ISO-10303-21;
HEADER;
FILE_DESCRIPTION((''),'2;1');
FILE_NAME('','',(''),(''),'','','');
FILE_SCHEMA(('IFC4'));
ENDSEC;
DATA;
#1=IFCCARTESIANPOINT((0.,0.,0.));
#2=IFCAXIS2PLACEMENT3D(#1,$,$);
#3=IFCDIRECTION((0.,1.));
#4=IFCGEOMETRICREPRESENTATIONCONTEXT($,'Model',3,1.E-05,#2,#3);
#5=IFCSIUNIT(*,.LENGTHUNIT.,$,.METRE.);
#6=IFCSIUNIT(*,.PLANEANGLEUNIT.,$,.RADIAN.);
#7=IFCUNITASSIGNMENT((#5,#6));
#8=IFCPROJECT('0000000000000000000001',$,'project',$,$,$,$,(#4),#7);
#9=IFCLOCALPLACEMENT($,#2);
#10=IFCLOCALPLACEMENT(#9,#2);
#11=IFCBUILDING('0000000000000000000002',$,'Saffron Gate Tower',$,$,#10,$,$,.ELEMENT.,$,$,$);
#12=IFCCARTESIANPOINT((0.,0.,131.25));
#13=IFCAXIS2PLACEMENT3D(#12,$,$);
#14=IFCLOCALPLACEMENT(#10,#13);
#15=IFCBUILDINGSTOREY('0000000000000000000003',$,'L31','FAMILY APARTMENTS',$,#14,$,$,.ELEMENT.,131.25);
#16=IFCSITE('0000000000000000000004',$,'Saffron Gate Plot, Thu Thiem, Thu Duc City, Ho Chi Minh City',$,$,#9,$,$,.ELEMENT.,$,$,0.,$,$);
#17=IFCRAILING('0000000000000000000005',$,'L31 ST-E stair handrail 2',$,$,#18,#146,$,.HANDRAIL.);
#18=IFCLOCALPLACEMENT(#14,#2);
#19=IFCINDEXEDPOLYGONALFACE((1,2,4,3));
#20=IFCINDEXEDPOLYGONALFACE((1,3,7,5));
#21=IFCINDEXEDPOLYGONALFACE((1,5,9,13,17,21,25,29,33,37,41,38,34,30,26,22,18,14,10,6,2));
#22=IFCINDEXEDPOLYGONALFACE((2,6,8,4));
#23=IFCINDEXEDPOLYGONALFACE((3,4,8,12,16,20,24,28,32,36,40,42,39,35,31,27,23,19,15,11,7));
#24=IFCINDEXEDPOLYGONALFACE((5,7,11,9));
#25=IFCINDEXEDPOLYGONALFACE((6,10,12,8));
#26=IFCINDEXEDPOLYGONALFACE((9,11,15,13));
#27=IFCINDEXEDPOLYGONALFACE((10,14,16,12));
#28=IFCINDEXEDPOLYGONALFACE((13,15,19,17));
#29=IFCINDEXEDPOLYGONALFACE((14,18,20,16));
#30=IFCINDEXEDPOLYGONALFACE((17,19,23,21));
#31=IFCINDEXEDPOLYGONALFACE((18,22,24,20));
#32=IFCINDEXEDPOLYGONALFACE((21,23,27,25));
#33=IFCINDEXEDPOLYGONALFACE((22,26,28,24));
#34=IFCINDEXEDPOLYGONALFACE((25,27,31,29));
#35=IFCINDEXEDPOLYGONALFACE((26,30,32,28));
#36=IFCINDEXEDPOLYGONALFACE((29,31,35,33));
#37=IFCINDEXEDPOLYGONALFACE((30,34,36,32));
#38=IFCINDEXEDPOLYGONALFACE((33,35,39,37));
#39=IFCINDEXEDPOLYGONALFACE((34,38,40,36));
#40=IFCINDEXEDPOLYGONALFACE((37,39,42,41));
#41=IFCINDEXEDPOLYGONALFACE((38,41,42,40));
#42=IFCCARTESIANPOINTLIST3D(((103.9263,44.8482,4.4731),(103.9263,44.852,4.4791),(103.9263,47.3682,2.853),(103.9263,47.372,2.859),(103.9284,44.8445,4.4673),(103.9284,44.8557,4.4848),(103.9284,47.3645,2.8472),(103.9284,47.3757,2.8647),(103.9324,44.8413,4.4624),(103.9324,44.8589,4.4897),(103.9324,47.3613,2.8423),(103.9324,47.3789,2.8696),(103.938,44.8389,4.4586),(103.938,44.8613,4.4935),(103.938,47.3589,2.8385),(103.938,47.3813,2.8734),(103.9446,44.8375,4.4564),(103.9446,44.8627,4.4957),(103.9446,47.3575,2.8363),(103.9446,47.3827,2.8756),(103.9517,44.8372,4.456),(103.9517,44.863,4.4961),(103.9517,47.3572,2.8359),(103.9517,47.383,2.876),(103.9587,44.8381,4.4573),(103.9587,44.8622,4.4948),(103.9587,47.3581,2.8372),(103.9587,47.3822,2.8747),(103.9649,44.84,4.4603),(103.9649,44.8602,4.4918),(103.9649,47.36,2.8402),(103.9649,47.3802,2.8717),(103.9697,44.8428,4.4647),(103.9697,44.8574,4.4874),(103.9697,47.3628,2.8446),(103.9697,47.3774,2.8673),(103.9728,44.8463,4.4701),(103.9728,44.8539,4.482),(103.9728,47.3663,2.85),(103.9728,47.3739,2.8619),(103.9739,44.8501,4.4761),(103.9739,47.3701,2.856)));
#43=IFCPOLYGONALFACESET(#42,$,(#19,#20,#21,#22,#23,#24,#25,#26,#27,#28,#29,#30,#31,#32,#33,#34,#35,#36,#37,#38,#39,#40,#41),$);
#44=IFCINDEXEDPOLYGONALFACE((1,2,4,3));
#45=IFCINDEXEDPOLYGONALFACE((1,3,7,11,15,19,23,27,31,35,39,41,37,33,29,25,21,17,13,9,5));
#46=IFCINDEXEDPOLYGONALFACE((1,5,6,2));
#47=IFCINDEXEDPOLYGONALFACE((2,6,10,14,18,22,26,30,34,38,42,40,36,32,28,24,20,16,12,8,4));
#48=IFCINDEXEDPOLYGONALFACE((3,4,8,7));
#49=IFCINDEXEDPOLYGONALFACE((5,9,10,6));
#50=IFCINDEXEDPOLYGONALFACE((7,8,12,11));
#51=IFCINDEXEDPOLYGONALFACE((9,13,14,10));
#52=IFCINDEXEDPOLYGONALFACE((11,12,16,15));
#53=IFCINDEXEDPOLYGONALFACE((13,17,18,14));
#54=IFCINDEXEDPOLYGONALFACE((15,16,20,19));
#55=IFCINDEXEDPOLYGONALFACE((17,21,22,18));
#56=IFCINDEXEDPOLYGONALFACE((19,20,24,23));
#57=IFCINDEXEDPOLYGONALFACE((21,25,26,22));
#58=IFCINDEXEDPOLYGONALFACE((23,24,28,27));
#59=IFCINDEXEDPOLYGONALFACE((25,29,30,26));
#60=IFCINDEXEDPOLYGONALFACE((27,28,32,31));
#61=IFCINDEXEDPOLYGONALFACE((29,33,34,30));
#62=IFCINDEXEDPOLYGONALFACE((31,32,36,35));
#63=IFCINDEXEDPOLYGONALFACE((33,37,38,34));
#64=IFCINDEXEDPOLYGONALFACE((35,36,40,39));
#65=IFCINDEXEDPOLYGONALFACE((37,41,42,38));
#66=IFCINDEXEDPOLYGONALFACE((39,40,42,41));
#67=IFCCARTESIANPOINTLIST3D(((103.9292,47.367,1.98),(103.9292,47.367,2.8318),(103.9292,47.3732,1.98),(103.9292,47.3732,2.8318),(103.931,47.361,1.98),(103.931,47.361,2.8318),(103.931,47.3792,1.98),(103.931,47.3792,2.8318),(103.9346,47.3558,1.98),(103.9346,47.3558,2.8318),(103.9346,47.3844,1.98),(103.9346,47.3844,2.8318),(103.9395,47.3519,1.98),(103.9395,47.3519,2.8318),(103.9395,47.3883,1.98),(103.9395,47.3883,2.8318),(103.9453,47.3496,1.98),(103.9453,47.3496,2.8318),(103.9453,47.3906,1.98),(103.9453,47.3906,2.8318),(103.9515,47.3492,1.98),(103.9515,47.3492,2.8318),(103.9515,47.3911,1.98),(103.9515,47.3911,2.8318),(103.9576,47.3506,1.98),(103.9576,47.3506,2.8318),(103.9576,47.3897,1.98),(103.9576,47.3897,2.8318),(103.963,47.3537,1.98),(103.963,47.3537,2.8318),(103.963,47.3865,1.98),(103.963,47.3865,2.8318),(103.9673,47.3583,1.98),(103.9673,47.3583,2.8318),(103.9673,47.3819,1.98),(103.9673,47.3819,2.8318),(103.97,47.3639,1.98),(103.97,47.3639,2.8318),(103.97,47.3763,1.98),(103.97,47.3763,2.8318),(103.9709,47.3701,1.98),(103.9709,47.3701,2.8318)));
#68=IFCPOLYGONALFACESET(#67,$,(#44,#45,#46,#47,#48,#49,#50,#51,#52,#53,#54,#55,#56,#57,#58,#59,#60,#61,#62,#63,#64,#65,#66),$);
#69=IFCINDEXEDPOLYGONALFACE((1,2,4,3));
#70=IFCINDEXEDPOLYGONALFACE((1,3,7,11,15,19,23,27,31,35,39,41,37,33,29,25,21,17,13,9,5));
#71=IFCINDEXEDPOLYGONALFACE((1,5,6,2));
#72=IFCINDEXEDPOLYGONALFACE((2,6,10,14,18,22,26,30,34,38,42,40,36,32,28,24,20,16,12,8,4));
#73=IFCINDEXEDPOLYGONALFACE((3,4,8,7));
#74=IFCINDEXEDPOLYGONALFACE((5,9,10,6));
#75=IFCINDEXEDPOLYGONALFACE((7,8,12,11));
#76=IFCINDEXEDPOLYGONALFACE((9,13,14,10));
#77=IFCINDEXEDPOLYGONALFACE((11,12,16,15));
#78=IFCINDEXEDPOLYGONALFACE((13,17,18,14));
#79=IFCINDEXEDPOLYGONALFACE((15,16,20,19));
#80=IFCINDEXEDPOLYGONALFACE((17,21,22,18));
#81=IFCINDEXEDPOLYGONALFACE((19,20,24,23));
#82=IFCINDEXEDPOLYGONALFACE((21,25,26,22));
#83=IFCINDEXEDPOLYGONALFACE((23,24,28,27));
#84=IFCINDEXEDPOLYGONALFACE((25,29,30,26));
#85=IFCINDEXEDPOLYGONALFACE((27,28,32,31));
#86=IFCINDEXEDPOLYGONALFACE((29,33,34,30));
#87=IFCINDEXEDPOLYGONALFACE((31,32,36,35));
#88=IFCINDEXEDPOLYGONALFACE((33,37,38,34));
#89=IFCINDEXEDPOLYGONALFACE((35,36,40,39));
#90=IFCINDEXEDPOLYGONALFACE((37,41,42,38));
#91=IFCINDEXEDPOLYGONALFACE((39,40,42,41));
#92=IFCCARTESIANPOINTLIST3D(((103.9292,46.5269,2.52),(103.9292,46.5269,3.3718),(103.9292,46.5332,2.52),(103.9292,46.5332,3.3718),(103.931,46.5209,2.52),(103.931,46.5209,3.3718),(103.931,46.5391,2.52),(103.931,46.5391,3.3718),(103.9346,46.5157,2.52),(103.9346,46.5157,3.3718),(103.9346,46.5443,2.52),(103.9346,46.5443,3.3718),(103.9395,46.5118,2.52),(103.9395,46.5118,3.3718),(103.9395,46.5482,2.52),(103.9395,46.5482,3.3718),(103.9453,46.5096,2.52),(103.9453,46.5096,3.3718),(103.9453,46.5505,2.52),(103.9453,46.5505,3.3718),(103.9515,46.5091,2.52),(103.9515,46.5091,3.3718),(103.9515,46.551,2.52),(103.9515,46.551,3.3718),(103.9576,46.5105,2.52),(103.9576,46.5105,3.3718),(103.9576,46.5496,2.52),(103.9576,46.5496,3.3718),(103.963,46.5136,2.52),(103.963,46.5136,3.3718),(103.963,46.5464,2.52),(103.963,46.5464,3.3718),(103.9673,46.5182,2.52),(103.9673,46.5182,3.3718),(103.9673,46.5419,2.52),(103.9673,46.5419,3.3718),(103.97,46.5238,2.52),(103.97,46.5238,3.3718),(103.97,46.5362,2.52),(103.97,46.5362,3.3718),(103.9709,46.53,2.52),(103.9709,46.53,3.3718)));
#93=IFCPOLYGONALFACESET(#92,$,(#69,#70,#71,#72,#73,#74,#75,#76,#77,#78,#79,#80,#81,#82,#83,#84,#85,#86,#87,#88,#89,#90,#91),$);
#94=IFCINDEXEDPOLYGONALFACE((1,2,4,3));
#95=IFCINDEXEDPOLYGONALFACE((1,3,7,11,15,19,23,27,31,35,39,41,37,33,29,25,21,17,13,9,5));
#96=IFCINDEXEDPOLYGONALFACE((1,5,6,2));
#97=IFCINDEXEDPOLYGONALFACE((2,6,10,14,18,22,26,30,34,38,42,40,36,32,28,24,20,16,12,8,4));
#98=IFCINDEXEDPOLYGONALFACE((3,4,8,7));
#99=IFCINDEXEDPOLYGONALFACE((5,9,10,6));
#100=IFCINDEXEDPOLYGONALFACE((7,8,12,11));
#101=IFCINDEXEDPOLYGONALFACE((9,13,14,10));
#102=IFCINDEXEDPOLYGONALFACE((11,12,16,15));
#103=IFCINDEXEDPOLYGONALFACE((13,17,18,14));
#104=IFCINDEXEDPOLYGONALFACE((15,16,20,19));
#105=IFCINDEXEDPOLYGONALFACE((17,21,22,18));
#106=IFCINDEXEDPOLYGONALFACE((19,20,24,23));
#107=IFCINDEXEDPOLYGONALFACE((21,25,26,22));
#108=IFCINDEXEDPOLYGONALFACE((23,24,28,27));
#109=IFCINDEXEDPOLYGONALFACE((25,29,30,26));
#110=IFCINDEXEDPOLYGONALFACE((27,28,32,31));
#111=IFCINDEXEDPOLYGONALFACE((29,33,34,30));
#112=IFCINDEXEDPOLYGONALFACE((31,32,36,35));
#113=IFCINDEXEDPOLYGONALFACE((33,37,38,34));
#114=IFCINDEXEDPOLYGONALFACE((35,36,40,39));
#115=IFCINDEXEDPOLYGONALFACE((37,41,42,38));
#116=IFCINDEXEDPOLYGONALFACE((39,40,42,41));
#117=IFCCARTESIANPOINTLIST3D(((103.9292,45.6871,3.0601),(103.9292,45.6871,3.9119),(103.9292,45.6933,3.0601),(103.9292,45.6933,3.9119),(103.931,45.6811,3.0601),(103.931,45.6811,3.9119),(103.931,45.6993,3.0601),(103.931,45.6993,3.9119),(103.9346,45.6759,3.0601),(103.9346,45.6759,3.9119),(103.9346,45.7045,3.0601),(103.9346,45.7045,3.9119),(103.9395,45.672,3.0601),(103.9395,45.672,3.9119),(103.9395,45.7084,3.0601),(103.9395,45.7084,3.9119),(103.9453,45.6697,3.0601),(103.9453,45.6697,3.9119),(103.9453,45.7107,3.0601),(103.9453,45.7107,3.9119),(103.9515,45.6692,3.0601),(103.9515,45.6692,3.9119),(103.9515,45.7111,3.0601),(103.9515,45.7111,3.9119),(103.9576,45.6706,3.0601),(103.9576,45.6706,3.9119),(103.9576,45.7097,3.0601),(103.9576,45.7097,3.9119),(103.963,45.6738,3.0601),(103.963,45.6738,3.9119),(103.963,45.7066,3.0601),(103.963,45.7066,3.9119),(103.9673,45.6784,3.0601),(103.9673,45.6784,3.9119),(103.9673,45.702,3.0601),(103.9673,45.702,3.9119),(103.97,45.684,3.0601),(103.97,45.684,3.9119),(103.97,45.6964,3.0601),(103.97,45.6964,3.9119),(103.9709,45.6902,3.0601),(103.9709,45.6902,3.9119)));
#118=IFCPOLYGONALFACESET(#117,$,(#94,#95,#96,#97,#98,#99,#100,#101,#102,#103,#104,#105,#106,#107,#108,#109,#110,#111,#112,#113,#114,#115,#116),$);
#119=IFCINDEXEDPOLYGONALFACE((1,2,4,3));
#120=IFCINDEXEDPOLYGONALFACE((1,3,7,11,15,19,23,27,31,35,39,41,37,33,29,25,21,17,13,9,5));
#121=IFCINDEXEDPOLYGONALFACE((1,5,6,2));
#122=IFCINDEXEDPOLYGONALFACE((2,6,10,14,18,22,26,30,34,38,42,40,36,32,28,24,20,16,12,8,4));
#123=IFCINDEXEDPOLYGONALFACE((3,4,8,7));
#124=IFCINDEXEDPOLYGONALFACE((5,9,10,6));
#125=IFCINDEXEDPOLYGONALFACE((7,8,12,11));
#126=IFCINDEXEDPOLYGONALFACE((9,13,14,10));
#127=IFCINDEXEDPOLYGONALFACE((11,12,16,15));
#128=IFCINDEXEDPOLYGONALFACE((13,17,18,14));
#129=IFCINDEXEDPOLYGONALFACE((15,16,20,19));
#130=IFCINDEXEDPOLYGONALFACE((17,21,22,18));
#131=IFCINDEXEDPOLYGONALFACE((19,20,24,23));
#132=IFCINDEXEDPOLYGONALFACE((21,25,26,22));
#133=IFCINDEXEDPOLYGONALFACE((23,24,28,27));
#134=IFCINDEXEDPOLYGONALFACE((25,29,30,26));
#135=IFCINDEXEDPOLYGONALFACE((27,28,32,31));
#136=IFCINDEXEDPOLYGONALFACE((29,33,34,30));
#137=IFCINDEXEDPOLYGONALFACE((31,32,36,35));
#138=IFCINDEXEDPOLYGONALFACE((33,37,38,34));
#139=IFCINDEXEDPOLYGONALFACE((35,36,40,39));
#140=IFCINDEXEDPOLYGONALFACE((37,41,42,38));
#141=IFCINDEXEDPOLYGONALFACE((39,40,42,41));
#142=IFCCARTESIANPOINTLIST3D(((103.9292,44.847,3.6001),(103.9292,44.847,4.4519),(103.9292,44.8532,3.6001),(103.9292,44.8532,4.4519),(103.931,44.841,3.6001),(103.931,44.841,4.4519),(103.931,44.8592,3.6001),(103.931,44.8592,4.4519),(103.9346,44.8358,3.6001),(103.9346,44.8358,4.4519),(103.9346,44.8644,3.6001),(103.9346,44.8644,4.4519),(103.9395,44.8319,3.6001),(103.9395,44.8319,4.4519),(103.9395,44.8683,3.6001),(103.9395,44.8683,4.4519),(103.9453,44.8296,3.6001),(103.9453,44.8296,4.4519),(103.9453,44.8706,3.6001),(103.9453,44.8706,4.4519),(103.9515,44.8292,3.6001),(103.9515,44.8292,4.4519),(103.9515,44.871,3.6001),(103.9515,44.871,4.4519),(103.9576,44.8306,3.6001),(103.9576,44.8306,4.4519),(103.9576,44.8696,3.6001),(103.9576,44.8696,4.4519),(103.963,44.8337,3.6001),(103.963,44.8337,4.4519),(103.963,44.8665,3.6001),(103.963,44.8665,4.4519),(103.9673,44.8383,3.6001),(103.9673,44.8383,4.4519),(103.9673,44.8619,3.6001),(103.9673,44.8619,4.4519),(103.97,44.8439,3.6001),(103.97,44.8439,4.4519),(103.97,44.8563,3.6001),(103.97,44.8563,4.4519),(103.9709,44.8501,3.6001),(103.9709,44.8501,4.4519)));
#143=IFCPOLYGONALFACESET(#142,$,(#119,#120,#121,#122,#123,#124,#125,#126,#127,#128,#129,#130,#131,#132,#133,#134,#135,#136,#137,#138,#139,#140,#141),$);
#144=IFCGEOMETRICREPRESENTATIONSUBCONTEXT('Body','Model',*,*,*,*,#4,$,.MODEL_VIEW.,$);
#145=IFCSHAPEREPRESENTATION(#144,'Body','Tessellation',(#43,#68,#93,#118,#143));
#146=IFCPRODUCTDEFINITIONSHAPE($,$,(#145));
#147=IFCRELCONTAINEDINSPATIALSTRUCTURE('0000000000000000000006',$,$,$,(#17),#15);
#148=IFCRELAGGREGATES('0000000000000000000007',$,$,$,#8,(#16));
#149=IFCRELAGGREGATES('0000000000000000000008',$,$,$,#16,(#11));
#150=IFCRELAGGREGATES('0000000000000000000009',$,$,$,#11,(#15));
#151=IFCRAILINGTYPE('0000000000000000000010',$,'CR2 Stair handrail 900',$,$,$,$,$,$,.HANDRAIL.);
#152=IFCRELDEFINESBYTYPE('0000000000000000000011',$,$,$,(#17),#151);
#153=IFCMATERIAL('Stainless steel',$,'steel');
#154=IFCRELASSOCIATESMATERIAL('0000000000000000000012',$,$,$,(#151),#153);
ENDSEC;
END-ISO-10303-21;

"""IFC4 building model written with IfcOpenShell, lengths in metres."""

from ifc_helpers import new_model, si_unit, direction, frame, origin, origin_2d, place, context, subcontext, project, spatial, circle, extrude, material, type_object, element, save


model = new_model("IFC4")

# Units and contexts
model_context = context("Model", 3, precision=1e-05, world=origin(), true_north=direction((0.0, 1.0)))
body_context = subcontext(model_context, "Body", "Model", "MODEL_VIEW")
ifc_project = project(units=[si_unit("LENGTHUNIT", "METRE"), si_unit("PLANEANGLEUNIT", "RADIAN")], contexts=[model_context])

# Site, building, storey
site_placement = place(None, origin())
site = spatial("IfcSite", under=ifc_project, at=site_placement, Name="Saffron Gate Plot, Thu Thiem, Thu Duc City, Ho Chi Minh City", CompositionType="ELEMENT", RefElevation=0.0)
building_placement = place(site_placement, origin())
building = spatial("IfcBuilding", under=site, at=building_placement, Name="Saffron Gate Tower", CompositionType="ELEMENT")
storey_placement = place(building_placement, frame((0.0, 0.0, 131.25)))
storey = spatial("IfcBuildingStorey", under=building, at=storey_placement, Name="L31", Description="FAMILY APARTMENTS", CompositionType="ELEMENT", Elevation=131.25)

# Railing
ifc_material_1 = material(Name="Stainless steel", Category="steel")
railing_type_1 = type_object("IfcRailingType", Name="CR2 Stair handrail 900", PredefinedType="HANDRAIL", material=ifc_material_1)
railing_1_placement = place(storey_placement, frame((103.95, 47.3701, 1.98)))
element("IfcRailing", 1, at=railing_1_placement, inside=storey, type_object=railing_type_1, Name="L31 ST-E stair handrail 2", PredefinedType="HANDRAIL", context=body_context, shape_type="SweptSolid", body=[
    extrude(circle(Radius=0.0239, at=origin_2d()), frame((0.0, 0.0, 0.876), z_axis=(0.0, -0.841163, 0.540782), x_axis=(1.0, 0.0, 0.0)), (0.0, 0.0, 1.0), 2.9958),
    extrude(circle(Radius=0.021, at=origin_2d()), origin(), (0.0, 0.0, 1.0), 0.8518),
    extrude(circle(Radius=0.021, at=origin_2d()), frame((0.0, -0.8401, 0.54)), (0.0, 0.0, 1.0), 0.8518),
    extrude(circle(Radius=0.021, at=origin_2d()), frame((0.0, -1.6799, 1.0801)), (0.0, 0.0, 1.0), 0.8518),
    extrude(circle(Radius=0.021, at=origin_2d()), frame((0.0, -2.52, 1.6201)), (0.0, 0.0, 1.0), 0.8518),
])

save(model, "model.ifc")
